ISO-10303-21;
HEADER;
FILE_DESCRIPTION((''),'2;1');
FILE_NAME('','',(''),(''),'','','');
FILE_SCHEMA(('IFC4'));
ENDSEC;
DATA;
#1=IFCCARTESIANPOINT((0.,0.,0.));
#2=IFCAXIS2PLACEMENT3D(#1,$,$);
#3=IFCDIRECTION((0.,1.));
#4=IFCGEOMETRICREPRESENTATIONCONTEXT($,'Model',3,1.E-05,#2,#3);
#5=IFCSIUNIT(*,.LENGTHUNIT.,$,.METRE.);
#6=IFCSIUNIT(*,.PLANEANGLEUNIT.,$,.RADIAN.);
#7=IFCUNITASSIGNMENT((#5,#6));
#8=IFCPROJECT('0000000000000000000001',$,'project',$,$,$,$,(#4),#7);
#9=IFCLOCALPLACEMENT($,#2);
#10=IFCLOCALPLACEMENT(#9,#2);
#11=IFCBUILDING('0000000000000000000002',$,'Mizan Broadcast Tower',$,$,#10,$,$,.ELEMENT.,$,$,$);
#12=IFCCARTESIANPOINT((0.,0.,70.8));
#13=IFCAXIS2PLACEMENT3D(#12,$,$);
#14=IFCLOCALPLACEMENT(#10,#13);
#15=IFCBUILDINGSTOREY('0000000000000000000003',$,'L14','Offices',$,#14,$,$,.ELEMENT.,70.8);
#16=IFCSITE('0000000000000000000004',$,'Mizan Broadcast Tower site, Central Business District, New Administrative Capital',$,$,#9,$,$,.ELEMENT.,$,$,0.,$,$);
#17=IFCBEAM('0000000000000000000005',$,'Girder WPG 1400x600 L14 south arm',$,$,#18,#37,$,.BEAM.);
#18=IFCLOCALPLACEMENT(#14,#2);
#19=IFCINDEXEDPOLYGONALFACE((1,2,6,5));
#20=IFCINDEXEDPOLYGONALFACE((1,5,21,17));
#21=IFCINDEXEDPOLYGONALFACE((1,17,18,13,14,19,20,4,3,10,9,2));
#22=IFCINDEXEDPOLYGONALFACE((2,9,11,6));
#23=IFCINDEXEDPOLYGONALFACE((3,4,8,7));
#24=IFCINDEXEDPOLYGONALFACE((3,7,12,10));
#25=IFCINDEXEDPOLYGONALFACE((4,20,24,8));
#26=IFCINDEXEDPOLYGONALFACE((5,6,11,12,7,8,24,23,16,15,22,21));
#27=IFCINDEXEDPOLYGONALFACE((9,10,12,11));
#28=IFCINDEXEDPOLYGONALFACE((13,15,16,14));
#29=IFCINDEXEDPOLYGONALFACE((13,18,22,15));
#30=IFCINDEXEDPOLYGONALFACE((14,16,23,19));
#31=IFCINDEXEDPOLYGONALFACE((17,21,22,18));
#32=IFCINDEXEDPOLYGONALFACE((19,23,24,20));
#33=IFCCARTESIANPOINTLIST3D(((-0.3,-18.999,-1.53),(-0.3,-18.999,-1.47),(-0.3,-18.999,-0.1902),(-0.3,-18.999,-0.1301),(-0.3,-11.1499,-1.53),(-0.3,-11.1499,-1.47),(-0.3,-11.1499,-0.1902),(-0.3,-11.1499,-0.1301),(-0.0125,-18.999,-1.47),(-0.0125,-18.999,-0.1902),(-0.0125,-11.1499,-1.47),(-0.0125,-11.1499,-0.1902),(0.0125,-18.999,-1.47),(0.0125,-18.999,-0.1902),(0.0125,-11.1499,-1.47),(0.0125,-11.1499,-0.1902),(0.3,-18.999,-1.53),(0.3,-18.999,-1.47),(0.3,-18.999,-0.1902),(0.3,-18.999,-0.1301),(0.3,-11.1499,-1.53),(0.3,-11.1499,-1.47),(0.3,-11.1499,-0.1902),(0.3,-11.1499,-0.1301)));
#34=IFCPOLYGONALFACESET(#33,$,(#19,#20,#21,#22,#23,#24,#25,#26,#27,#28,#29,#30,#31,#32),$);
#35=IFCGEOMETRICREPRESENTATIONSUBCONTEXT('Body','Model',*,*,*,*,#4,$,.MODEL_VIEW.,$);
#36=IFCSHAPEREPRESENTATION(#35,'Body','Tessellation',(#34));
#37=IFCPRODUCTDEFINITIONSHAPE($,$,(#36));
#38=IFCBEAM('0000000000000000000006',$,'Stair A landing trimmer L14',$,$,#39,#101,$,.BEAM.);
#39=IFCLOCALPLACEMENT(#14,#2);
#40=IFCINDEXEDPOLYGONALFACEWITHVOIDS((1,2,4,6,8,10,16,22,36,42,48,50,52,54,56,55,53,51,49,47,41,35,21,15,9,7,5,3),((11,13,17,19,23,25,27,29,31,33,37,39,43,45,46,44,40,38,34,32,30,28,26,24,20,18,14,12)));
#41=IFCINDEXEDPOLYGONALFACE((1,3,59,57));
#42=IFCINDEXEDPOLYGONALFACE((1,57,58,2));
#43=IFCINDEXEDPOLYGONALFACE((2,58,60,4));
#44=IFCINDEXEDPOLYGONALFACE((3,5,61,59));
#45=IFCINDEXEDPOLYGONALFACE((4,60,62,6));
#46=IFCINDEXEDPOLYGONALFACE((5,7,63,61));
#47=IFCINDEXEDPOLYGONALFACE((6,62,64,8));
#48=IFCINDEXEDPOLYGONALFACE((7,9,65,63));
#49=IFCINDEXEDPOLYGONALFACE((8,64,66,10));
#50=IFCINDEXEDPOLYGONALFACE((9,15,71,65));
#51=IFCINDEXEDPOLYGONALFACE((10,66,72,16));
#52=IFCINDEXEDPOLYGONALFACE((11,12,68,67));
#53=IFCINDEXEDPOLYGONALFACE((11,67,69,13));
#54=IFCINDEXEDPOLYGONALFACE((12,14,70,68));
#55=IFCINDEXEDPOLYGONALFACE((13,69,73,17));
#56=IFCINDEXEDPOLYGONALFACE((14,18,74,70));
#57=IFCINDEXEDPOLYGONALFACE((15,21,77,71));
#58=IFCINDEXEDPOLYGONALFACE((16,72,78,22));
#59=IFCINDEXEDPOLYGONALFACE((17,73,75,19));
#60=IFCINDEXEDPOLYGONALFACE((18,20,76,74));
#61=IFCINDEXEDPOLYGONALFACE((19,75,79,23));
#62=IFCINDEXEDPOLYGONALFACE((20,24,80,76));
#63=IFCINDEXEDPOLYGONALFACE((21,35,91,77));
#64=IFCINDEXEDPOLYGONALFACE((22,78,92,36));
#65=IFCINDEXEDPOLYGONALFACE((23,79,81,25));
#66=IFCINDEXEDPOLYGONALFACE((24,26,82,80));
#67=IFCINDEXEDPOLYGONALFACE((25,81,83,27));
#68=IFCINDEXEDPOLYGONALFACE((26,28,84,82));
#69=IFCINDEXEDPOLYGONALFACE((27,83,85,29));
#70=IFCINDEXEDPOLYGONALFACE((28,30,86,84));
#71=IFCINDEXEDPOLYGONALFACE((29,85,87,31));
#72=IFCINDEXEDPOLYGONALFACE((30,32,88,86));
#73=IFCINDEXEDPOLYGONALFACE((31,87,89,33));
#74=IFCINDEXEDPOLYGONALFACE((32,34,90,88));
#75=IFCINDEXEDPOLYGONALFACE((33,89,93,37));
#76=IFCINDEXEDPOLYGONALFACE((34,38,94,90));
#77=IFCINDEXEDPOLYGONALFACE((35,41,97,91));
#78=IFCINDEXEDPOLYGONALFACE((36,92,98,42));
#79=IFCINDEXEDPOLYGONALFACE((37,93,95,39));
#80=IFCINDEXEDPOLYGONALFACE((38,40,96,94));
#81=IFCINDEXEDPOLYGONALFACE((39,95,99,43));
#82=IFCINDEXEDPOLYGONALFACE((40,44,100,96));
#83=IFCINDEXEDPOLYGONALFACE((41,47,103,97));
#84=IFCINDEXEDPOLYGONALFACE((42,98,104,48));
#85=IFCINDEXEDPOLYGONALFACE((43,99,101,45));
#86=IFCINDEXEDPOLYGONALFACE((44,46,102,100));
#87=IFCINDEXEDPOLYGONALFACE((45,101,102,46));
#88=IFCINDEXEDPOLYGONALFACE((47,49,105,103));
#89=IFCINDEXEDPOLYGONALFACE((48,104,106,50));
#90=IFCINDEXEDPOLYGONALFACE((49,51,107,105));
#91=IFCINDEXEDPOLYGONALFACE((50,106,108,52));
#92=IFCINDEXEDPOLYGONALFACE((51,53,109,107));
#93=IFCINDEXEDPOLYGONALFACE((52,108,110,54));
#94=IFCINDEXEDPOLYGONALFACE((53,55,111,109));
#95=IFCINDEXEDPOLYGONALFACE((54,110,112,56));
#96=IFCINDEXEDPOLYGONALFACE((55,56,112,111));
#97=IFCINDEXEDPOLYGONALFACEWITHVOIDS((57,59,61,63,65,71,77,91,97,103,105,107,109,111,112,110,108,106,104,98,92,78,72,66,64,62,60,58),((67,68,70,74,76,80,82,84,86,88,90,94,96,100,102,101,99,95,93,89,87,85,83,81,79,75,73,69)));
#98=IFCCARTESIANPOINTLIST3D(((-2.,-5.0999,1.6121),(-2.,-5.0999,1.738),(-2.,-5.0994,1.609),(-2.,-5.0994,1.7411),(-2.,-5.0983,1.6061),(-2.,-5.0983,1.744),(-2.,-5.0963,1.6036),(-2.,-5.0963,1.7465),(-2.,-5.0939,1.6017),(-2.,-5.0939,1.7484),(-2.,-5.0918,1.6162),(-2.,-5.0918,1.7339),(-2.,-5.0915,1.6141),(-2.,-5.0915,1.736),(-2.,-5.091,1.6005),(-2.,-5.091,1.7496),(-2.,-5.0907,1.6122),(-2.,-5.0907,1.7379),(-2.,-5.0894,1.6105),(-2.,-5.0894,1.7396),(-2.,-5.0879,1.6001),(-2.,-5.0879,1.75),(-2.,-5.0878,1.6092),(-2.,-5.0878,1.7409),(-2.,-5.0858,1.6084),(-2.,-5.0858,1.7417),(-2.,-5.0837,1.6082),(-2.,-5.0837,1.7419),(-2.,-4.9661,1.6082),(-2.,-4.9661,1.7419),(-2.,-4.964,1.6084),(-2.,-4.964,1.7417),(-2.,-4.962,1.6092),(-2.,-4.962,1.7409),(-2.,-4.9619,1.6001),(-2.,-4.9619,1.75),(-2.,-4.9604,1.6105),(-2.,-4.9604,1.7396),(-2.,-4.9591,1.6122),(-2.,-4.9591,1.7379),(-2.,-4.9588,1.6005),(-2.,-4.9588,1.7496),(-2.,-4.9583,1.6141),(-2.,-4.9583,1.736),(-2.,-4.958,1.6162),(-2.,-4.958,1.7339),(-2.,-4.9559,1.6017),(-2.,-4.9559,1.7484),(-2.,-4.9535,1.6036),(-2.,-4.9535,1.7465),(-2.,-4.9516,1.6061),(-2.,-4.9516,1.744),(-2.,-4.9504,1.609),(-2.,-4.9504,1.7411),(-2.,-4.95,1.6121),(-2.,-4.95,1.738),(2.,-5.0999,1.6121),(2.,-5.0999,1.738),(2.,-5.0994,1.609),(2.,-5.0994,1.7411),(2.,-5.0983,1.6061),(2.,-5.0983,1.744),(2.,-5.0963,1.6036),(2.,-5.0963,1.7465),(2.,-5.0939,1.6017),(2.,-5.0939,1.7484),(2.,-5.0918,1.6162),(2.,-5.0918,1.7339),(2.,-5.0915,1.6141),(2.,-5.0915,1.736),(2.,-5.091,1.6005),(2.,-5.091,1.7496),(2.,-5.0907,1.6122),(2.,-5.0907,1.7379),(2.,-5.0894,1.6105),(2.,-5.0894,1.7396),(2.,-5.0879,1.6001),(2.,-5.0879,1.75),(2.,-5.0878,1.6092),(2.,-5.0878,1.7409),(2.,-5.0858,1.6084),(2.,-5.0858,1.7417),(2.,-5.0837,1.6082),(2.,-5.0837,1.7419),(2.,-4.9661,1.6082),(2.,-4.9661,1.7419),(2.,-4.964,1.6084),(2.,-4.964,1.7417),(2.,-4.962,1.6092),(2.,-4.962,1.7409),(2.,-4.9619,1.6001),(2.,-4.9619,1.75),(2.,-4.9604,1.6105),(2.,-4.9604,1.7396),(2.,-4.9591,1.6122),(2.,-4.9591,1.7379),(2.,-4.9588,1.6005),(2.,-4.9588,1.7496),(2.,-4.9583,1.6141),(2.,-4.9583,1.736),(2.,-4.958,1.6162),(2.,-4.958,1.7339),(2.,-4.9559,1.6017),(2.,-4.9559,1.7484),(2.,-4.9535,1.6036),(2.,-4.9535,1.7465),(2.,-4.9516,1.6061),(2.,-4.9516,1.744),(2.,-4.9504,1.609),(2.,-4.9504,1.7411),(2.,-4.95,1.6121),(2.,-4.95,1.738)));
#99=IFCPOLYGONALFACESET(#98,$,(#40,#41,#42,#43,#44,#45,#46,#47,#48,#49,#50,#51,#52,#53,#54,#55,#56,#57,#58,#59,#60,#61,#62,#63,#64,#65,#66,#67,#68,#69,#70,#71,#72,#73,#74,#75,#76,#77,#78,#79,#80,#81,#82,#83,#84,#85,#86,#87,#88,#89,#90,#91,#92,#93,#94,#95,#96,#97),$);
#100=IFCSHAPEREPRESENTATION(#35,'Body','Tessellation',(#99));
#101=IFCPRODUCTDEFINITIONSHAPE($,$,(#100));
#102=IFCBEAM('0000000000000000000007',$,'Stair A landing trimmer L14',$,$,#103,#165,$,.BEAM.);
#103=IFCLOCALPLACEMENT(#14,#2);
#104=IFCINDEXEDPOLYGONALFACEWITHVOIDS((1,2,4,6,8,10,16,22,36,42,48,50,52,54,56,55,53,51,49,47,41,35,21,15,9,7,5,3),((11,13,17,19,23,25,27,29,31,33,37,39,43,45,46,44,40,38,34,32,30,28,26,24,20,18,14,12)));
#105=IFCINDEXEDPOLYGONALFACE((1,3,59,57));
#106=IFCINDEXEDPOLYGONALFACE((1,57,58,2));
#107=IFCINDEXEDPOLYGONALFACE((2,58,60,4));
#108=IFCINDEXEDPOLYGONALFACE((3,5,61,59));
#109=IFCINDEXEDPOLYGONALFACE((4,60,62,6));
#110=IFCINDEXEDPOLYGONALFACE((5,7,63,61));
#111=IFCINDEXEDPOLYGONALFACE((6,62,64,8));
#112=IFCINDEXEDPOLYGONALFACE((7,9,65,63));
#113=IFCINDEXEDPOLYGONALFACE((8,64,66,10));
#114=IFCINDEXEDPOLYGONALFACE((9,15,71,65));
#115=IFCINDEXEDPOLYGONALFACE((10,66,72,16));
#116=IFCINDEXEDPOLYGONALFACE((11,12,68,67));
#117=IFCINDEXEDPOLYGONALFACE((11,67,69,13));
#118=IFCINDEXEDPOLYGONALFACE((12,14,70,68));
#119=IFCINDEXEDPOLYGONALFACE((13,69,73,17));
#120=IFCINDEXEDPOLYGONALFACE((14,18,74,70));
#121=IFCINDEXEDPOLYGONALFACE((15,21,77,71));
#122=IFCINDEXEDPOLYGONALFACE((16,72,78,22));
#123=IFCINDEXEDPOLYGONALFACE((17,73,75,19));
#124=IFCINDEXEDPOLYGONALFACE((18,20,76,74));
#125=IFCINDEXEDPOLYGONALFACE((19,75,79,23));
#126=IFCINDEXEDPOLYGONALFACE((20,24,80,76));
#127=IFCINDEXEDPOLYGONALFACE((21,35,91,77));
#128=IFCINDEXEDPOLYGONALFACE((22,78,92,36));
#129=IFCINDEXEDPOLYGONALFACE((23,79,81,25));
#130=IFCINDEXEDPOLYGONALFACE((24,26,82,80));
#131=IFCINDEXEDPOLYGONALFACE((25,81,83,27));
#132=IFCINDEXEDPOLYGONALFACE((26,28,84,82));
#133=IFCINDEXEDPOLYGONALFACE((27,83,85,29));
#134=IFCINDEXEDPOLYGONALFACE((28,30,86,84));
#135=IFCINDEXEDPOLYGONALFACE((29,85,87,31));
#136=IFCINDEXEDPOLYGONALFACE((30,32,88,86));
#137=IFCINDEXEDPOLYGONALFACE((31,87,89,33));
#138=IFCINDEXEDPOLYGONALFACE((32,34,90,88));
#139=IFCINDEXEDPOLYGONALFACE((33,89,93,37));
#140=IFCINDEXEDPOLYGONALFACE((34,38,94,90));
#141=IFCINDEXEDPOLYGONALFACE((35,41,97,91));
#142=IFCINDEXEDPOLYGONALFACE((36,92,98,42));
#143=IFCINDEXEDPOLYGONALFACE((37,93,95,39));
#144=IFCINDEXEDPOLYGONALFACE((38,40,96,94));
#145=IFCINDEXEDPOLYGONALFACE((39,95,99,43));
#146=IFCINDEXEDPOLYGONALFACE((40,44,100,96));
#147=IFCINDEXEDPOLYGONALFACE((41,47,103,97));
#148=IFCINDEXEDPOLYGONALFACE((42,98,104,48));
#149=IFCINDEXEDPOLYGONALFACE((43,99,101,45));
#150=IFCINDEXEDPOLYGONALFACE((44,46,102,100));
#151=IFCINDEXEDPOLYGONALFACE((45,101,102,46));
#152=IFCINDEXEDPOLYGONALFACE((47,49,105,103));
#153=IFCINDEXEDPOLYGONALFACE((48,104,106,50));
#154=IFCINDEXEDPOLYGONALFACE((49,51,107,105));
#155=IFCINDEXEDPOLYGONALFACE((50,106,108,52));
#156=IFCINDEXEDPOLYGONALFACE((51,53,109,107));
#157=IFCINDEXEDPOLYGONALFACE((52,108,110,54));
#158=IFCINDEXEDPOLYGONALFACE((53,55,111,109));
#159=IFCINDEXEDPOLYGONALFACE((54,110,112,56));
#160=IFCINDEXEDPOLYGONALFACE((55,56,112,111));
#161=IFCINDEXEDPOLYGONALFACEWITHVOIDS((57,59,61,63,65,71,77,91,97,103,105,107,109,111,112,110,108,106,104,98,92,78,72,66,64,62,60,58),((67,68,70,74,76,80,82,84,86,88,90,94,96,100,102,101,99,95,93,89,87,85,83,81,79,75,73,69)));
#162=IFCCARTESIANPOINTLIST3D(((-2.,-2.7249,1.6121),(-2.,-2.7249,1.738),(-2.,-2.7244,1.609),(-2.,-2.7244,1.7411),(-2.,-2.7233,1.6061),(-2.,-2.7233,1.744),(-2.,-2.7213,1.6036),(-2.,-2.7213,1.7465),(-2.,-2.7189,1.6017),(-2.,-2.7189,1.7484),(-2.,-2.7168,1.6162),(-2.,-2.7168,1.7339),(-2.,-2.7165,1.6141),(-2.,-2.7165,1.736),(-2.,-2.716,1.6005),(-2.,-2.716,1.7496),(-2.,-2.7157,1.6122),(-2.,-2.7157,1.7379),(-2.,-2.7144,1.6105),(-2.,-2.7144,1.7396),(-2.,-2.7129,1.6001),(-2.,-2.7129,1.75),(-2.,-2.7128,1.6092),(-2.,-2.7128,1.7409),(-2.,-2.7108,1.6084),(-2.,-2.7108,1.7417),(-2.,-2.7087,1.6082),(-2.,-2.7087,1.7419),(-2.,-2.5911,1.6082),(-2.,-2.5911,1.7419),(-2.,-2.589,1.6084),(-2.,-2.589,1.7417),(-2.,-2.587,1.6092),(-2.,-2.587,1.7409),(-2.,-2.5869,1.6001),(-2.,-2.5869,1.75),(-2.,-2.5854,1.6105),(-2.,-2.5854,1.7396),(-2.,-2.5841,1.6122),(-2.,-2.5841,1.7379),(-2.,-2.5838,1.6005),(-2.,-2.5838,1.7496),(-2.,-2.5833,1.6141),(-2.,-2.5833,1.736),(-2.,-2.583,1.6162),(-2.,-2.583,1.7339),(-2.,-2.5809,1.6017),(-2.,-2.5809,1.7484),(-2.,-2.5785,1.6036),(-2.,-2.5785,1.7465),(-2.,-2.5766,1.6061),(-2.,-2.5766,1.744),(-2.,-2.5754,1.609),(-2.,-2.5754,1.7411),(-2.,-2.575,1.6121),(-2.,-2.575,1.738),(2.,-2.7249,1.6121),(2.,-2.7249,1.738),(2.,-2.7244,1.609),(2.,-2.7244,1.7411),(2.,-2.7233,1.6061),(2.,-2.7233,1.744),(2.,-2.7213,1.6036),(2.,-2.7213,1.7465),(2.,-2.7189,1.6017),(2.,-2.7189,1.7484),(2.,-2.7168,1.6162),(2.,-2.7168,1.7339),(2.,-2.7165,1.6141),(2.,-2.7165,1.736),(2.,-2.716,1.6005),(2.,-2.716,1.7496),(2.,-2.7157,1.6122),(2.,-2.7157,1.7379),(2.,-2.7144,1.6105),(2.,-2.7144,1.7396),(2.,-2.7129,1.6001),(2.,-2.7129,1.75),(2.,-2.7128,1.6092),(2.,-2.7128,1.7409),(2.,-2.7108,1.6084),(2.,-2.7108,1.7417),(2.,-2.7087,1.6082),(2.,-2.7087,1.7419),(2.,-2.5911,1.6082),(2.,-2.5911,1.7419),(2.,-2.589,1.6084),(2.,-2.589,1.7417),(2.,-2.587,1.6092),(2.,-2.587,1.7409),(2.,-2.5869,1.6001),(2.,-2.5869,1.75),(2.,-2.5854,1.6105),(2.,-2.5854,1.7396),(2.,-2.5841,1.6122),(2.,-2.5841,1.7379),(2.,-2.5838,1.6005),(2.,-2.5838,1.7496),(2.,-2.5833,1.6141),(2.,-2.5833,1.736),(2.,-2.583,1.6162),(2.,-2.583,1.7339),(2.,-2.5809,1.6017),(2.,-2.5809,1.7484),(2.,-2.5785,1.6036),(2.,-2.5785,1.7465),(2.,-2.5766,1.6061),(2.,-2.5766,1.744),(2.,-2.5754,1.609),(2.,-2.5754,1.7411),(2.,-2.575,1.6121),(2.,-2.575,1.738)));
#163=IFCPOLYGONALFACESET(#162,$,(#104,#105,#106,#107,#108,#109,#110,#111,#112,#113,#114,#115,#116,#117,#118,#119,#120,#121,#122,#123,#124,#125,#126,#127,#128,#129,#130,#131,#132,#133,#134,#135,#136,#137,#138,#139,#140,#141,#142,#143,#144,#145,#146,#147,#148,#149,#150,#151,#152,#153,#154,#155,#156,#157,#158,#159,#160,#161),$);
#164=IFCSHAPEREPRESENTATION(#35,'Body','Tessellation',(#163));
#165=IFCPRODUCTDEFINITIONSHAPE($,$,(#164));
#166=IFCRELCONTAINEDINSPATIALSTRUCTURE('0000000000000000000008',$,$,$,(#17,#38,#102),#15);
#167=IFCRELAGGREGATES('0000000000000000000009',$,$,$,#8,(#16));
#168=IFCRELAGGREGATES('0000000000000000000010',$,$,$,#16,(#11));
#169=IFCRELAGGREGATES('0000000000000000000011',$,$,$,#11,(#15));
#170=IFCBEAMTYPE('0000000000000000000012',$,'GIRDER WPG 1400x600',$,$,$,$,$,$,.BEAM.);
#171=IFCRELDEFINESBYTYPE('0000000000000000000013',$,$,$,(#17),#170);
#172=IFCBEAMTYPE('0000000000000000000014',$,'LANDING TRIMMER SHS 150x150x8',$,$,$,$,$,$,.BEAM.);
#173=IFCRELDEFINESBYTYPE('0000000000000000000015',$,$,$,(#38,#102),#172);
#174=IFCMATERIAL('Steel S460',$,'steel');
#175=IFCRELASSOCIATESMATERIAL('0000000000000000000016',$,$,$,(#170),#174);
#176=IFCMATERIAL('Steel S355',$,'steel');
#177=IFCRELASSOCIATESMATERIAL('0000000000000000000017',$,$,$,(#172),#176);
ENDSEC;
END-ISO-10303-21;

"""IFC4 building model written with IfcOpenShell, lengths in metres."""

from ifc_helpers import new_model, si_unit, direction, frame, origin, origin_2d, place, context, subcontext, project, spatial, hollow_rectangle, i_section, extrude, material, material_profile, profile_set, type_object, element, save


model = new_model("IFC4")

# Units and contexts
model_context = context("Model", 3, precision=1e-05, world=origin(), true_north=direction((0.0, 1.0)))
body_context = subcontext(model_context, "Body", "Model", "MODEL_VIEW")
ifc_project = project(units=[si_unit("LENGTHUNIT", "METRE"), si_unit("PLANEANGLEUNIT", "RADIAN")], contexts=[model_context])

# Site, building, storey
site_placement = place(None, origin())
site = spatial("IfcSite", under=ifc_project, at=site_placement, Name="Mizan Broadcast Tower site, Central Business District, New Administrative Capital", CompositionType="ELEMENT", RefElevation=0.0)
building_placement = place(site_placement, origin())
building = spatial("IfcBuilding", under=site, at=building_placement, Name="Mizan Broadcast Tower", CompositionType="ELEMENT")
storey_placement = place(building_placement, frame((0.0, 0.0, 70.8)))
storey = spatial("IfcBuildingStorey", under=building, at=storey_placement, Name="L14", Description="Offices", CompositionType="ELEMENT", Elevation=70.8)

# Beams
ifc_material_1 = material(Name="Steel S460", Category="steel")
ifc_material_profile_1 = material_profile(ifc_material_1, i_section(OverallWidth=0.6001, OverallDepth=1.3999, WebThickness=0.0249, FlangeThickness=0.0601, at=origin_2d()), Name="WPG 1400x600")
ifc_profile_set_1 = profile_set([ifc_material_profile_1], Name="Steel S460")
beam_type_1 = type_object("IfcBeamType", Name="GIRDER WPG 1400x600", PredefinedType="BEAM", material=ifc_profile_set_1)
beam_1_placement = place(storey_placement, frame((0.0, -11.1499, -0.8301), z_axis=(0.0, -1.0, 0.0), x_axis=(1.0, 0.0, 0.0)))
element("IfcBeam", 1, at=beam_1_placement, inside=storey, type_object=beam_type_1, Name="Girder WPG 1400x600 L14 south arm", PredefinedType="BEAM", context=body_context, shape_type="SweptSolid", body=[
    extrude(i_section(OverallWidth=0.6001, OverallDepth=1.3999, WebThickness=0.0249, FlangeThickness=0.0601, at=origin_2d()), origin(), (0.0, 0.0, 1.0), 7.8491),
])
ifc_material_2 = material(Name="Steel S355", Category="steel")
ifc_material_profile_2 = material_profile(ifc_material_2, hollow_rectangle(XDim=0.1499, YDim=0.1499, WallThickness=0.0081, InnerFilletRadius=0.0081, OuterFilletRadius=0.012, at=origin_2d()), Name="SHS 150x150x8")
ifc_profile_set_2 = profile_set([ifc_material_profile_2], Name="Steel S355")
beam_type_2 = type_object("IfcBeamType", Name="LANDING TRIMMER SHS 150x150x8", PredefinedType="BEAM", material=ifc_profile_set_2)
for number, where, z_axis, x_axis, name in (
    (2, (-2.0, -5.0249, 1.675), (1.0, 0.0, 0.0), (0.0, 1.0, 0.0), "Stair A landing trimmer L14"),
    (3, (-2.0, -2.6499, 1.675), (1.0, 0.0, 0.0), (0.0, 1.0, 0.0), "Stair A landing trimmer L14"),
):
    element("IfcBeam", number, at=place(storey_placement, frame(where, z_axis=z_axis, x_axis=x_axis)), inside=storey, type_object=beam_type_2, Name=name, PredefinedType="BEAM", context=body_context, shape_type="SweptSolid", body=[
        extrude(hollow_rectangle(XDim=0.1499, YDim=0.1499, WallThickness=0.0081, InnerFilletRadius=0.0081, OuterFilletRadius=0.012, at=origin_2d()), origin(), (0.0, 0.0, 1.0), 4.0),
    ])

save(model, "model.ifc")
